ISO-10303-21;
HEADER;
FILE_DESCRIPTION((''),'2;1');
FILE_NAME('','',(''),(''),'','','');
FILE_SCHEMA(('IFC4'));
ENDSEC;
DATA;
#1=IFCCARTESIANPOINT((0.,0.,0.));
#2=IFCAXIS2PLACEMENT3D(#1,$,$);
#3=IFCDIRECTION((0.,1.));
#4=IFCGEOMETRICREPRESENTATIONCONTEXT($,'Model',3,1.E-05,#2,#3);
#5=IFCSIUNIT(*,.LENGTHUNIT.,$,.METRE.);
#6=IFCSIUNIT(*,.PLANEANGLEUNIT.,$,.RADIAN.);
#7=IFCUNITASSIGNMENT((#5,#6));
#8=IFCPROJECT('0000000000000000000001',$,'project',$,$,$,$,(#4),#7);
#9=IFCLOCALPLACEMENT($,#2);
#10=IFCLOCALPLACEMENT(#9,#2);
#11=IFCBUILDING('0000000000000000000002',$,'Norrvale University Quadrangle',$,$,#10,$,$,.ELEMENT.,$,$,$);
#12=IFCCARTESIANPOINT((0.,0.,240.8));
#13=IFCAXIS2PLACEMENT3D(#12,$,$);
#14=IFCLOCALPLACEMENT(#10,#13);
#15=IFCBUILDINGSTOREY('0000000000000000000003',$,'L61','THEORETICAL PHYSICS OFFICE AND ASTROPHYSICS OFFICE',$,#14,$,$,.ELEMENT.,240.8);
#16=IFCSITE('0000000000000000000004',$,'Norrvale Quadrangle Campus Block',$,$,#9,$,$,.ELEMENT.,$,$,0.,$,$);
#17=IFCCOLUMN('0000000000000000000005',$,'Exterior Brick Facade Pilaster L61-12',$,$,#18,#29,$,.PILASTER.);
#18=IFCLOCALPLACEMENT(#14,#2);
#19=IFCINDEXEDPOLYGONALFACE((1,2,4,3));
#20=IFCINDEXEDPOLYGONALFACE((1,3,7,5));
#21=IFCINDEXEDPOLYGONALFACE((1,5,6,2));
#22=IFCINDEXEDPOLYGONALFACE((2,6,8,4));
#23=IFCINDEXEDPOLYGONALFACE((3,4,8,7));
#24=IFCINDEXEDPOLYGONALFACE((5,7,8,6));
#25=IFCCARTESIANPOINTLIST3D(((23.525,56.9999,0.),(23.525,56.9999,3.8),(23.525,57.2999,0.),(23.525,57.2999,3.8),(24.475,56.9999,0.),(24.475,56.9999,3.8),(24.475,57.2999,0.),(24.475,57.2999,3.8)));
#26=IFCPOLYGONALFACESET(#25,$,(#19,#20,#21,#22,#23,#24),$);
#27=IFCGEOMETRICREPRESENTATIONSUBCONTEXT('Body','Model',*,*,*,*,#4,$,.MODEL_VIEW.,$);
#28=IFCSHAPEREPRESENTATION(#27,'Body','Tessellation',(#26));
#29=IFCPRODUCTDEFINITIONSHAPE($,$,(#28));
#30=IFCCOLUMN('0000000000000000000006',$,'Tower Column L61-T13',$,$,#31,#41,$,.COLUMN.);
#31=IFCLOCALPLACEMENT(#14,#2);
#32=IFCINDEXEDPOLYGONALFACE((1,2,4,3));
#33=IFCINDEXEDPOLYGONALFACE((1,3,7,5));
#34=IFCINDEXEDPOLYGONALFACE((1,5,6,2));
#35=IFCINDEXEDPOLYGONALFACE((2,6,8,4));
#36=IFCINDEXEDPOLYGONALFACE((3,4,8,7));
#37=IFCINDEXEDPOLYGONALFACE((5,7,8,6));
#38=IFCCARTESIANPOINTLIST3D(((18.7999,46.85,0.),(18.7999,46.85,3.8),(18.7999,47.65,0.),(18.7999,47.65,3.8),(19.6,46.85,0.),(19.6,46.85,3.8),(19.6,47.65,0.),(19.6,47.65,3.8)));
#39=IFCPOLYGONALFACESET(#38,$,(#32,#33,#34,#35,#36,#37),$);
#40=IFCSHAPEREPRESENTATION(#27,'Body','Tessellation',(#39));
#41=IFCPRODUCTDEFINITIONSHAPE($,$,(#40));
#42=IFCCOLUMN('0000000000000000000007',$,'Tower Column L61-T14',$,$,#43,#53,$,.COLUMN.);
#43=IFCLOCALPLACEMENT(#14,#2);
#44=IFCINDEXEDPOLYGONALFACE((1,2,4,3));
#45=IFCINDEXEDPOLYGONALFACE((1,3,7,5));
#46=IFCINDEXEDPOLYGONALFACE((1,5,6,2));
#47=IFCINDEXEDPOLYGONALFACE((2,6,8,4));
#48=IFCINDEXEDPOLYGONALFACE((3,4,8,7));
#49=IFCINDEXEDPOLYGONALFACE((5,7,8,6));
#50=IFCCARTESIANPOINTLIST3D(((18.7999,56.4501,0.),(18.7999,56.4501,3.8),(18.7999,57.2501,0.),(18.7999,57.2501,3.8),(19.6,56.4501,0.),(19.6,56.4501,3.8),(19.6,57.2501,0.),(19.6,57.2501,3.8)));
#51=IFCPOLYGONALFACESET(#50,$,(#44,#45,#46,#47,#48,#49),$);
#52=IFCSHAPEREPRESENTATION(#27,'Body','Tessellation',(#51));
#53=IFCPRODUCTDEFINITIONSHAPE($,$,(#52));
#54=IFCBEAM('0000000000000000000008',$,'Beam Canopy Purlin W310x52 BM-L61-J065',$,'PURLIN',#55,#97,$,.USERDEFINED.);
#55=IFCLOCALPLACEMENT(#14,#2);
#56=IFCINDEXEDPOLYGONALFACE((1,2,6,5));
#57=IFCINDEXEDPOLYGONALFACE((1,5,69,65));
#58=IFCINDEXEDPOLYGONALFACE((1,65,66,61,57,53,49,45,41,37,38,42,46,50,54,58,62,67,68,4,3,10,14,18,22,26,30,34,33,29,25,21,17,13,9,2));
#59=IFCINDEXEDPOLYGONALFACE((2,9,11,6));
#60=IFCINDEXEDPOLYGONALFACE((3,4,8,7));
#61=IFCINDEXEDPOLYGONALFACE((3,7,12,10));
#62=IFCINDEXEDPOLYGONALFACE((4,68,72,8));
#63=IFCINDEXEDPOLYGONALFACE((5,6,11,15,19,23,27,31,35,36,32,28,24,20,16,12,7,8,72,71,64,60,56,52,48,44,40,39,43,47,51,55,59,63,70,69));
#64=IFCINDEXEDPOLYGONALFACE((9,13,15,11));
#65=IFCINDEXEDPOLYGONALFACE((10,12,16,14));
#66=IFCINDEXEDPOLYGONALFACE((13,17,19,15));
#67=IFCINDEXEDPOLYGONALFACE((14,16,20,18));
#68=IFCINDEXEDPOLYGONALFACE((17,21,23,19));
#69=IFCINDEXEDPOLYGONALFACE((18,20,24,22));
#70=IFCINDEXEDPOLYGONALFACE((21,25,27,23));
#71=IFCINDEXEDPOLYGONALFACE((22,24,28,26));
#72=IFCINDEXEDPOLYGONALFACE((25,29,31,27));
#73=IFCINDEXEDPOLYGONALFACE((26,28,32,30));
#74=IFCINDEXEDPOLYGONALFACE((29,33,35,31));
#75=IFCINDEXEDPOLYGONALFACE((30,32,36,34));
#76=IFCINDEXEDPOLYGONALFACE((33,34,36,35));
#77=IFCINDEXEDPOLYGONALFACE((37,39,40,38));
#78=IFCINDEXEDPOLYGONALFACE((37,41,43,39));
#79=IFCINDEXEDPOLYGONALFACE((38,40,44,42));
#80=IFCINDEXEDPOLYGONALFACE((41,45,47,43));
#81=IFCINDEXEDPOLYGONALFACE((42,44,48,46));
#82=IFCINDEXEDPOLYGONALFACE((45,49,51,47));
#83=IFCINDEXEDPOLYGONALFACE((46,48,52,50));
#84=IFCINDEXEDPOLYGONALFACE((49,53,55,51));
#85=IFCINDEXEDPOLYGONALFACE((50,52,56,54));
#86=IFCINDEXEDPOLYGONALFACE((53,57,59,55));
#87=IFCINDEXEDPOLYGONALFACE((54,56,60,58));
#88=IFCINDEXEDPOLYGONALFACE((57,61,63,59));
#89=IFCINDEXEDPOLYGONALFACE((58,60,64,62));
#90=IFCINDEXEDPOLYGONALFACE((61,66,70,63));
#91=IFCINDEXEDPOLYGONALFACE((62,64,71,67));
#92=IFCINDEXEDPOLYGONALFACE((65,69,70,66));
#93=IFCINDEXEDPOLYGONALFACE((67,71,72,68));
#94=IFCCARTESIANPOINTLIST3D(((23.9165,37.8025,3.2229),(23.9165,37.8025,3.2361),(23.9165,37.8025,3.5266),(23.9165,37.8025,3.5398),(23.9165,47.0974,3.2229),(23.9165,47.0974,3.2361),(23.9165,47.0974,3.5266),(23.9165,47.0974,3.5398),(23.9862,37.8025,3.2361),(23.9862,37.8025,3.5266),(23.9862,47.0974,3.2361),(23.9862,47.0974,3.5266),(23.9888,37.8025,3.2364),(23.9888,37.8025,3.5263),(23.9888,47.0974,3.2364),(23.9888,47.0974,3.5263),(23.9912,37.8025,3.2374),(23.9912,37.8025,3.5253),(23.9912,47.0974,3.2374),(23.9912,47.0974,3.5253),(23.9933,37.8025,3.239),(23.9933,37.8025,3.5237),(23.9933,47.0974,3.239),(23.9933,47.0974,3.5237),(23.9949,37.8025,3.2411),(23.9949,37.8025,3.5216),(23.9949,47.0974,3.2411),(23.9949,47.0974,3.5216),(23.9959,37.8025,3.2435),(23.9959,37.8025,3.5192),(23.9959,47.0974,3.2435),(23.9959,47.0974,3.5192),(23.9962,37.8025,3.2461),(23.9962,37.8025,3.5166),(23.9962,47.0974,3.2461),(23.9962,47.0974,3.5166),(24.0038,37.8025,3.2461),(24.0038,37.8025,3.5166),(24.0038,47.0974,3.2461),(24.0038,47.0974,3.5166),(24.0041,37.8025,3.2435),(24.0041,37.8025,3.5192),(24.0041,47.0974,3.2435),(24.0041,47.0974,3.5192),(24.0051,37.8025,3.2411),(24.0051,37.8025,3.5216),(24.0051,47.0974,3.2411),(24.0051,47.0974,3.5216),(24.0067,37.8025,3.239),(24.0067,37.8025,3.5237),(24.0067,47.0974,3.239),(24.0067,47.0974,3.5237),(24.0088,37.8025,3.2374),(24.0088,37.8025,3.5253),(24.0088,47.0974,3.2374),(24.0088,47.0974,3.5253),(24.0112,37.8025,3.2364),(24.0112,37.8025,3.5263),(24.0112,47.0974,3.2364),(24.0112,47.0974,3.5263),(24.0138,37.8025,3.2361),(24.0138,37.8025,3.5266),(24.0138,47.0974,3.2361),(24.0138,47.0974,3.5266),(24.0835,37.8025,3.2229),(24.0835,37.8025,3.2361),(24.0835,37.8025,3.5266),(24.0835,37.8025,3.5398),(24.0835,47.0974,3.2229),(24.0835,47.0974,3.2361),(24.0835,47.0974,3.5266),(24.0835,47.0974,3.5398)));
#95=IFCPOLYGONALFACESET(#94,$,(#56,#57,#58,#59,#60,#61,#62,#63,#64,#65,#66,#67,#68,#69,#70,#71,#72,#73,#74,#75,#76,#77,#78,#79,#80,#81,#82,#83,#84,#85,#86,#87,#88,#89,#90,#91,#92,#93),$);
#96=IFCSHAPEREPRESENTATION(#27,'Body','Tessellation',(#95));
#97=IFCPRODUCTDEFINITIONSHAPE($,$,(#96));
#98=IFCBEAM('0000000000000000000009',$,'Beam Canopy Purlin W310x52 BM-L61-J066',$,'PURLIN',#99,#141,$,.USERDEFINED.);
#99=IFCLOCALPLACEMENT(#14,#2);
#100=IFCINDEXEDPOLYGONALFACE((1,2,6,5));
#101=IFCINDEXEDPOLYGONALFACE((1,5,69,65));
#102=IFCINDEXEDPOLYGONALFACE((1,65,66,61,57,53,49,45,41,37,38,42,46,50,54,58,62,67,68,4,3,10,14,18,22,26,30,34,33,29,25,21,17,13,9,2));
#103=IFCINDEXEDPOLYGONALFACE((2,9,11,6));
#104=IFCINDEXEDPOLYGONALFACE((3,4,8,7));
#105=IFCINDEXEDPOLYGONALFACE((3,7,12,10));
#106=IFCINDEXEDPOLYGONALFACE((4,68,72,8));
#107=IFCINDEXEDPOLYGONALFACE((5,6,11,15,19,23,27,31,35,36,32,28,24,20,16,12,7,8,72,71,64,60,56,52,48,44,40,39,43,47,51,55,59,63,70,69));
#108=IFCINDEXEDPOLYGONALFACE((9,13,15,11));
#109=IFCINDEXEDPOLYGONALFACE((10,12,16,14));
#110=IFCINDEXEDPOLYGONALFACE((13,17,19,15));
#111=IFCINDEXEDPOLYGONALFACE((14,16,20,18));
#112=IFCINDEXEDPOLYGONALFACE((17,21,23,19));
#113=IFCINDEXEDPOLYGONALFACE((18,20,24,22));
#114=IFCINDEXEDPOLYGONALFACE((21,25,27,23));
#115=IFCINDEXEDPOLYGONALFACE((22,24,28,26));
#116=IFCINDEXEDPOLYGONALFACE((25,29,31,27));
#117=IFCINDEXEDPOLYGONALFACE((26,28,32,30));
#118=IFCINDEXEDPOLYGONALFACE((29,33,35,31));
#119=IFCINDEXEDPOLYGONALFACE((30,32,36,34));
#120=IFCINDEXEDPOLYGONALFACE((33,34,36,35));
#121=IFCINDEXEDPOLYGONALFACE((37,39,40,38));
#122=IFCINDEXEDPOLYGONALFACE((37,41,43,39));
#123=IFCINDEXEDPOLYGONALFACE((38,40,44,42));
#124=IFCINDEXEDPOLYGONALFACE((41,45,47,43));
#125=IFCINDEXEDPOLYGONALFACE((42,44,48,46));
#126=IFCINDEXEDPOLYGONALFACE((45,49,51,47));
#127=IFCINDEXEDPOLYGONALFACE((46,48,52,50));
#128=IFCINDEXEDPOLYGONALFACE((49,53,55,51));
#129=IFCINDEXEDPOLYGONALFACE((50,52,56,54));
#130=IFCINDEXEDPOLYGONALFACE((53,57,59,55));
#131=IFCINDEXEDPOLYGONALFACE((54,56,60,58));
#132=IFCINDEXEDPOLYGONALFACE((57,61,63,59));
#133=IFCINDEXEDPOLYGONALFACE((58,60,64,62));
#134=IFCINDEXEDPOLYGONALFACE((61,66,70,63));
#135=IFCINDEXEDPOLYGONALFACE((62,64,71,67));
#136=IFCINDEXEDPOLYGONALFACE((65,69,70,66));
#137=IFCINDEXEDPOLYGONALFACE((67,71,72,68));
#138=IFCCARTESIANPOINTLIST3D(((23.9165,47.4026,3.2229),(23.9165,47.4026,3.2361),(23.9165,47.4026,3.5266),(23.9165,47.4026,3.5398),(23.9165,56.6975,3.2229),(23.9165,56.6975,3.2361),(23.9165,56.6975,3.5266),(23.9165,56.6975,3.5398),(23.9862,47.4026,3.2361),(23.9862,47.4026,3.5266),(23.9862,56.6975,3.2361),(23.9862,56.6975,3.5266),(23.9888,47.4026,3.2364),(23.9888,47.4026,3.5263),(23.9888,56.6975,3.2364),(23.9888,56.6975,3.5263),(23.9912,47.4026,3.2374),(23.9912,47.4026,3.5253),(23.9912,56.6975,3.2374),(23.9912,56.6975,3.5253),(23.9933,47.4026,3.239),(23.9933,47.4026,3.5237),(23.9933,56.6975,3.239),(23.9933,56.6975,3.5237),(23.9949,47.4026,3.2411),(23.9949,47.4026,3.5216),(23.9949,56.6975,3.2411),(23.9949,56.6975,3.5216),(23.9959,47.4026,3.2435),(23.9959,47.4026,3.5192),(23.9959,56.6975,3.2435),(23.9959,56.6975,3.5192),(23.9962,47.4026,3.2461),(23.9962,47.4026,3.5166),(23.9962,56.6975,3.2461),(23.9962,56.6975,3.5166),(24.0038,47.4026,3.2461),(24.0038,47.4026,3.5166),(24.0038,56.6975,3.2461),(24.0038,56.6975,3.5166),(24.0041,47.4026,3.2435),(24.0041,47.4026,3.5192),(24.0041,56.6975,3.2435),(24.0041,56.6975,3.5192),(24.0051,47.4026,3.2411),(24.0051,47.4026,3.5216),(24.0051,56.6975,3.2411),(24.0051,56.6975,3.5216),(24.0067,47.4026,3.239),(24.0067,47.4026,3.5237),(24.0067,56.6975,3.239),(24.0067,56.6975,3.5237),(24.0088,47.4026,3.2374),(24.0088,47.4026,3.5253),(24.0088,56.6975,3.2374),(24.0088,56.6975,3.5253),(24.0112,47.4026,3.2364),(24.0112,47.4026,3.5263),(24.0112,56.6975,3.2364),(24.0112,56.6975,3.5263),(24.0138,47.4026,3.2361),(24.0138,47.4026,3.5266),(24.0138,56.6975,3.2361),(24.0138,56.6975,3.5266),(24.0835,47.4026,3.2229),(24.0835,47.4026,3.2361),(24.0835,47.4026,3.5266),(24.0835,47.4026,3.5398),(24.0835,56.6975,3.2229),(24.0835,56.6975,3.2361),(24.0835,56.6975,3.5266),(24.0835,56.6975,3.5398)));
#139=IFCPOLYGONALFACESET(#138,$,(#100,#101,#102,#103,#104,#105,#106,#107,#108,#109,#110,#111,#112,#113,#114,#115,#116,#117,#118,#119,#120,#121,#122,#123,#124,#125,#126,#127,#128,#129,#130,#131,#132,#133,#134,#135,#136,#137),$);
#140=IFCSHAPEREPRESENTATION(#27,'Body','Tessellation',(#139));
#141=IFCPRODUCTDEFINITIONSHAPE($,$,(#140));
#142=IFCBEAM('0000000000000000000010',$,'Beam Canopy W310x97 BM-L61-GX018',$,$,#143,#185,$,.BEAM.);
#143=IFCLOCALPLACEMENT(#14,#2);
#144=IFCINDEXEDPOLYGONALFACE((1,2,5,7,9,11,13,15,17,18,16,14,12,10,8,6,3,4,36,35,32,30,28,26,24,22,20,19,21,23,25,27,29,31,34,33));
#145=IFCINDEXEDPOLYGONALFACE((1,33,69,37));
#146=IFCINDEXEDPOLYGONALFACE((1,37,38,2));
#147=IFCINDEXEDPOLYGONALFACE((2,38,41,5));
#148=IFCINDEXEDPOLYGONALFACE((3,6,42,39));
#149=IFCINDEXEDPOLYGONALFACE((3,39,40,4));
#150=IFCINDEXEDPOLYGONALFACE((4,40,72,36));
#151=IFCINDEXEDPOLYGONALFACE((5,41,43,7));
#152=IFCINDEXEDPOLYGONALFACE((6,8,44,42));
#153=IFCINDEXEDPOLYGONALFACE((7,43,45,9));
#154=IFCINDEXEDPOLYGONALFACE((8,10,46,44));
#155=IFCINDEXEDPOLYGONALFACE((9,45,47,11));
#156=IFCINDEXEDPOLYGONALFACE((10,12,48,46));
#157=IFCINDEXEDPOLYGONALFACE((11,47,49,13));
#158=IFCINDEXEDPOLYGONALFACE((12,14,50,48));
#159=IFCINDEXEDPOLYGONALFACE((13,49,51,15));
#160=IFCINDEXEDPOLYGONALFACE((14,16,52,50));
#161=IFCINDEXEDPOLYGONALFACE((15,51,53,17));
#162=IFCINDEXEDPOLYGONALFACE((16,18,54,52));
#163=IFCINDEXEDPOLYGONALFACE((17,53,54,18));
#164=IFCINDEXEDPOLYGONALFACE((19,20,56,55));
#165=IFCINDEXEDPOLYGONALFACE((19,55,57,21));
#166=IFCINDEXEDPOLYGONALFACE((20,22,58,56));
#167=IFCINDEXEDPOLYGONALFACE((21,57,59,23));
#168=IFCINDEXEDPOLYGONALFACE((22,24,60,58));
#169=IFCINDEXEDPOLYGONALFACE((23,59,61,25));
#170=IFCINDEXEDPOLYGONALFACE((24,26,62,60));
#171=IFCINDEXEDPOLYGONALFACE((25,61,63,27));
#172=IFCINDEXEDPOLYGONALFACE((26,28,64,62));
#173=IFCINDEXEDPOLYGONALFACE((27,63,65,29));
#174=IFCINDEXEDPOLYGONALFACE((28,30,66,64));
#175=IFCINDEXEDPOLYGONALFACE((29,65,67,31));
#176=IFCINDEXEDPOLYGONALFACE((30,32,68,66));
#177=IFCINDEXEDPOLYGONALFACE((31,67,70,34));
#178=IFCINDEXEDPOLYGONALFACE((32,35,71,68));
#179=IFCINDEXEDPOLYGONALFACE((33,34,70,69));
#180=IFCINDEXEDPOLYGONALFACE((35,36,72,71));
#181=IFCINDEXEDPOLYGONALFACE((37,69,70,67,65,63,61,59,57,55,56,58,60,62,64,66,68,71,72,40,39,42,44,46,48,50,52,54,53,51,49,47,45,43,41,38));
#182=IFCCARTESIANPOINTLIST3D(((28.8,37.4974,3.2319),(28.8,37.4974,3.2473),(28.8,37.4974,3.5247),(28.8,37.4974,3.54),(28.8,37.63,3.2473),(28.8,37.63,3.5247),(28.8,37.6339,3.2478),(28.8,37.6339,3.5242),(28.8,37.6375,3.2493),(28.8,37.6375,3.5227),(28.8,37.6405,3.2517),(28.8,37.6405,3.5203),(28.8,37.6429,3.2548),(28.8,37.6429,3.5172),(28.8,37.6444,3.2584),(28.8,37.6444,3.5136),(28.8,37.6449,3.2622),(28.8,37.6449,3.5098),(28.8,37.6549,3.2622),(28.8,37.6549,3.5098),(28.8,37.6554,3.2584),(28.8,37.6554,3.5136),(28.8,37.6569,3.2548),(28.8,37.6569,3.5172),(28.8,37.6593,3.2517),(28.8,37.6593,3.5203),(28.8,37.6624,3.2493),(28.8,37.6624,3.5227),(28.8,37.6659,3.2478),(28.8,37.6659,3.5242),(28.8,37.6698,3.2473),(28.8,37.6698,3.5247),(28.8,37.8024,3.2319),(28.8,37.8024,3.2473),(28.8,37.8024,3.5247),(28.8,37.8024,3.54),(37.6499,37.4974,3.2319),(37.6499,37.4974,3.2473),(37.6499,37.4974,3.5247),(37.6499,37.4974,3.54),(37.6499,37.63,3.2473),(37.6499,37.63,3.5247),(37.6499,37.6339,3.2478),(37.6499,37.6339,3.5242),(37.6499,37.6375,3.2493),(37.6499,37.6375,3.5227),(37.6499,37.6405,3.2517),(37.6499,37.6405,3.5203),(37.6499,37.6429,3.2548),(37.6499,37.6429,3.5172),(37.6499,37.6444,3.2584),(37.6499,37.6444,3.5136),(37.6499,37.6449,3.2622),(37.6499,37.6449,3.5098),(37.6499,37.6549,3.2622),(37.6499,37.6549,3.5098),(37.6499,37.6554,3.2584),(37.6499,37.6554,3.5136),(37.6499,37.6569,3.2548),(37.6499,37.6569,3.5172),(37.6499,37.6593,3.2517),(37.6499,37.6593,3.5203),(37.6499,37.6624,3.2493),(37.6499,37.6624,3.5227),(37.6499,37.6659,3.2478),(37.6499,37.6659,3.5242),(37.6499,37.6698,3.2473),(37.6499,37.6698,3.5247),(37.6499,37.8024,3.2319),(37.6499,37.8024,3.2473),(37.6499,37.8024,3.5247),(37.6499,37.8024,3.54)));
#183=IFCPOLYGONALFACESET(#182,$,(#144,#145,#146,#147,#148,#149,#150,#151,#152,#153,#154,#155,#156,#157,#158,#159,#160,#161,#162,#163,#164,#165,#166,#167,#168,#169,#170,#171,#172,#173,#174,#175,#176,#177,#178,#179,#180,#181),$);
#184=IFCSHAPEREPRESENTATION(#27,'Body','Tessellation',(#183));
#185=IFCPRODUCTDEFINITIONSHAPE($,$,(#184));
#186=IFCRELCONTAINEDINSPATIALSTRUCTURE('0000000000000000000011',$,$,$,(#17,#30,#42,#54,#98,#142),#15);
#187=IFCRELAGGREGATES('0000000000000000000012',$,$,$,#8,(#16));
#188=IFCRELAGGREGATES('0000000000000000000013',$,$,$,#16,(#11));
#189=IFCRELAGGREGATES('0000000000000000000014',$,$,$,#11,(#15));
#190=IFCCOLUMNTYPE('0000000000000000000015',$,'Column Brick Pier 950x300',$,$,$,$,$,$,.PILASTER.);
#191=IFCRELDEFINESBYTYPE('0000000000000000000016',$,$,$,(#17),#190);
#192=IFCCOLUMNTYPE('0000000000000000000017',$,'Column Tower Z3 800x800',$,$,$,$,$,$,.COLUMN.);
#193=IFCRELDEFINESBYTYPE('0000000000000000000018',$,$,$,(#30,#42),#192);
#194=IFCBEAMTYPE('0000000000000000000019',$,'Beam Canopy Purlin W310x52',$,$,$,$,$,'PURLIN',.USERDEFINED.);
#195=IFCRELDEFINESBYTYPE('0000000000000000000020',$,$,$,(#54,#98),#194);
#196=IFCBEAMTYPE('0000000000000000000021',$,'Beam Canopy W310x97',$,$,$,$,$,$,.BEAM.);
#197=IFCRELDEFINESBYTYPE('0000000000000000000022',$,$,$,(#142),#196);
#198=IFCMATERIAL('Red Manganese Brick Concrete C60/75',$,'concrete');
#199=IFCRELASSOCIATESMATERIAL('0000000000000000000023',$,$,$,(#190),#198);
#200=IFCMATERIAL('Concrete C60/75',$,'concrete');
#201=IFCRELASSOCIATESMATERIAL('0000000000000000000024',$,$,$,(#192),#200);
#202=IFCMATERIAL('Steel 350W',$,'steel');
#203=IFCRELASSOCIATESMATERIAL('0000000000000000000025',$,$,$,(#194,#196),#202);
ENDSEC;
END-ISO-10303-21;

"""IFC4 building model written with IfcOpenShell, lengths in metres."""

from ifc_helpers import new_model, si_unit, direction, frame, origin, origin_2d, place, context, subcontext, project, spatial, rectangle, i_section, extrude, material, material_profile, profile_set, type_object, element, save


model = new_model("IFC4")

# Units and contexts
model_context = context("Model", 3, precision=1e-05, world=origin(), true_north=direction((0.0, 1.0)))
body_context = subcontext(model_context, "Body", "Model", "MODEL_VIEW")
ifc_project = project(units=[si_unit("LENGTHUNIT", "METRE"), si_unit("PLANEANGLEUNIT", "RADIAN")], contexts=[model_context])

# Site, building, storey
site_placement = place(None, origin())
site = spatial("IfcSite", under=ifc_project, at=site_placement, Name="Norrvale Quadrangle Campus Block", CompositionType="ELEMENT", RefElevation=0.0)
building_placement = place(site_placement, origin())
building = spatial("IfcBuilding", under=site, at=building_placement, Name="Norrvale University Quadrangle", CompositionType="ELEMENT")
storey_placement = place(building_placement, frame((0.0, 0.0, 240.8)))
storey = spatial("IfcBuildingStorey", under=building, at=storey_placement, Name="L61", Description="THEORETICAL PHYSICS OFFICE AND ASTROPHYSICS OFFICE", CompositionType="ELEMENT", Elevation=240.8)

# Columns
ifc_material_1 = material(Name="Red Manganese Brick Concrete C60/75", Category="concrete")
ifc_material_profile_1 = material_profile(ifc_material_1, rectangle(XDim=0.95, YDim=0.3, at=origin_2d()), Name="Red Manganese Brick Concrete C60/75")
ifc_profile_set_1 = profile_set([ifc_material_profile_1], Name="Red Manganese Brick Concrete C60/75")
column_type_1 = type_object("IfcColumnType", Name="Column Brick Pier 950x300", PredefinedType="PILASTER", material=ifc_profile_set_1)
column_placement = place(storey_placement, frame((24.0, 57.1499, 0.0), z_axis=(0.0, 0.0, 1.0), x_axis=(1.0, 0.0, 0.0)))
element("IfcColumn", 1, at=column_placement, inside=storey, type_object=column_type_1, Name="Exterior Brick Facade Pilaster L61-12", PredefinedType="PILASTER", context=body_context, shape_type="SweptSolid", body=[
    extrude(rectangle(XDim=0.95, YDim=0.3, at=origin_2d()), origin(), (0.0, 0.0, 1.0), 3.8),
])
ifc_material_2 = material(Name="Concrete C60/75", Category="concrete")
ifc_material_profile_2 = material_profile(ifc_material_2, rectangle(XDim=0.8, YDim=0.8, at=origin_2d()), Name="Concrete C60/75")
ifc_profile_set_2 = profile_set([ifc_material_profile_2], Name="Concrete C60/75")
column_type_2 = type_object("IfcColumnType", Name="Column Tower Z3 800x800", PredefinedType="COLUMN", material=ifc_profile_set_2)
for number, where, z_axis, x_axis, name in (
    (2, (19.2, 47.25, 0.0), (0.0, 0.0, 1.0), (1.0, 0.0, 0.0), "Tower Column L61-T13"),
    (3, (19.2, 56.8501, 0.0), (0.0, 0.0, 1.0), (1.0, 0.0, 0.0), "Tower Column L61-T14"),
):
    element("IfcColumn", number, at=place(storey_placement, frame(where, z_axis=z_axis, x_axis=x_axis)), inside=storey, type_object=column_type_2, Name=name, PredefinedType="COLUMN", context=body_context, shape_type="SweptSolid", body=[
        extrude(rectangle(XDim=0.8, YDim=0.8, at=origin_2d()), origin(), (0.0, 0.0, 1.0), 3.8),
    ])

# Beams
ifc_material_3 = material(Name="Steel 350W", Category="steel")
ifc_material_profile_3 = material_profile(ifc_material_3, i_section(OverallWidth=0.167, OverallDepth=0.3169, WebThickness=0.0076, FlangeThickness=0.0132, FilletRadius=0.01, at=origin_2d()), Name="Steel 350W")
ifc_profile_set_3 = profile_set([ifc_material_profile_3], Name="Steel 350W")
beam_type_1 = type_object("IfcBeamType", Name="Beam Canopy Purlin W310x52", ElementType="PURLIN", PredefinedType="USERDEFINED", material=ifc_profile_set_3)
for number, where, z_axis, x_axis, name in (
    (4, (24.0, 37.8025, 3.3813), (0.0, 1.0, 0.0), (-1.0, 0.0, 0.0), "Beam Canopy Purlin W310x52 BM-L61-J065"),
    (5, (24.0, 47.4026, 3.3813), (0.0, 1.0, 0.0), (-1.0, 0.0, 0.0), "Beam Canopy Purlin W310x52 BM-L61-J066"),
):
    element("IfcBeam", number, at=place(storey_placement, frame(where, z_axis=z_axis, x_axis=x_axis)), inside=storey, type_object=beam_type_1, Name=name, ObjectType="PURLIN", PredefinedType="USERDEFINED", context=body_context, shape_type="SweptSolid", body=[
        extrude(i_section(OverallWidth=0.167, OverallDepth=0.3169, WebThickness=0.0076, FlangeThickness=0.0132, FilletRadius=0.01, at=origin_2d()), origin(), (0.0, 0.0, 1.0), 9.2949),
    ])
ifc_material_profile_4 = material_profile(ifc_material_3, i_section(OverallWidth=0.3049, OverallDepth=0.3081, WebThickness=0.01, FlangeThickness=0.0154, FilletRadius=0.0149, at=origin_2d()), Name="Steel 350W")
ifc_profile_set_4 = profile_set([ifc_material_profile_4], Name="Steel 350W")
beam_type_2 = type_object("IfcBeamType", Name="Beam Canopy W310x97", PredefinedType="BEAM", material=ifc_profile_set_4)
beam_1_placement = place(storey_placement, frame((28.8, 37.6499, 3.386), z_axis=(1.0, 0.0, 0.0), x_axis=(0.0, 1.0, 0.0)))
element("IfcBeam", 6, at=beam_1_placement, inside=storey, type_object=beam_type_2, Name="Beam Canopy W310x97 BM-L61-GX018", PredefinedType="BEAM", context=body_context, shape_type="SweptSolid", body=[
    extrude(i_section(OverallWidth=0.3049, OverallDepth=0.3081, WebThickness=0.01, FlangeThickness=0.0154, FilletRadius=0.0149, at=origin_2d()), origin(), (0.0, 0.0, 1.0), 8.8499),
])

save(model, "model.ifc")
